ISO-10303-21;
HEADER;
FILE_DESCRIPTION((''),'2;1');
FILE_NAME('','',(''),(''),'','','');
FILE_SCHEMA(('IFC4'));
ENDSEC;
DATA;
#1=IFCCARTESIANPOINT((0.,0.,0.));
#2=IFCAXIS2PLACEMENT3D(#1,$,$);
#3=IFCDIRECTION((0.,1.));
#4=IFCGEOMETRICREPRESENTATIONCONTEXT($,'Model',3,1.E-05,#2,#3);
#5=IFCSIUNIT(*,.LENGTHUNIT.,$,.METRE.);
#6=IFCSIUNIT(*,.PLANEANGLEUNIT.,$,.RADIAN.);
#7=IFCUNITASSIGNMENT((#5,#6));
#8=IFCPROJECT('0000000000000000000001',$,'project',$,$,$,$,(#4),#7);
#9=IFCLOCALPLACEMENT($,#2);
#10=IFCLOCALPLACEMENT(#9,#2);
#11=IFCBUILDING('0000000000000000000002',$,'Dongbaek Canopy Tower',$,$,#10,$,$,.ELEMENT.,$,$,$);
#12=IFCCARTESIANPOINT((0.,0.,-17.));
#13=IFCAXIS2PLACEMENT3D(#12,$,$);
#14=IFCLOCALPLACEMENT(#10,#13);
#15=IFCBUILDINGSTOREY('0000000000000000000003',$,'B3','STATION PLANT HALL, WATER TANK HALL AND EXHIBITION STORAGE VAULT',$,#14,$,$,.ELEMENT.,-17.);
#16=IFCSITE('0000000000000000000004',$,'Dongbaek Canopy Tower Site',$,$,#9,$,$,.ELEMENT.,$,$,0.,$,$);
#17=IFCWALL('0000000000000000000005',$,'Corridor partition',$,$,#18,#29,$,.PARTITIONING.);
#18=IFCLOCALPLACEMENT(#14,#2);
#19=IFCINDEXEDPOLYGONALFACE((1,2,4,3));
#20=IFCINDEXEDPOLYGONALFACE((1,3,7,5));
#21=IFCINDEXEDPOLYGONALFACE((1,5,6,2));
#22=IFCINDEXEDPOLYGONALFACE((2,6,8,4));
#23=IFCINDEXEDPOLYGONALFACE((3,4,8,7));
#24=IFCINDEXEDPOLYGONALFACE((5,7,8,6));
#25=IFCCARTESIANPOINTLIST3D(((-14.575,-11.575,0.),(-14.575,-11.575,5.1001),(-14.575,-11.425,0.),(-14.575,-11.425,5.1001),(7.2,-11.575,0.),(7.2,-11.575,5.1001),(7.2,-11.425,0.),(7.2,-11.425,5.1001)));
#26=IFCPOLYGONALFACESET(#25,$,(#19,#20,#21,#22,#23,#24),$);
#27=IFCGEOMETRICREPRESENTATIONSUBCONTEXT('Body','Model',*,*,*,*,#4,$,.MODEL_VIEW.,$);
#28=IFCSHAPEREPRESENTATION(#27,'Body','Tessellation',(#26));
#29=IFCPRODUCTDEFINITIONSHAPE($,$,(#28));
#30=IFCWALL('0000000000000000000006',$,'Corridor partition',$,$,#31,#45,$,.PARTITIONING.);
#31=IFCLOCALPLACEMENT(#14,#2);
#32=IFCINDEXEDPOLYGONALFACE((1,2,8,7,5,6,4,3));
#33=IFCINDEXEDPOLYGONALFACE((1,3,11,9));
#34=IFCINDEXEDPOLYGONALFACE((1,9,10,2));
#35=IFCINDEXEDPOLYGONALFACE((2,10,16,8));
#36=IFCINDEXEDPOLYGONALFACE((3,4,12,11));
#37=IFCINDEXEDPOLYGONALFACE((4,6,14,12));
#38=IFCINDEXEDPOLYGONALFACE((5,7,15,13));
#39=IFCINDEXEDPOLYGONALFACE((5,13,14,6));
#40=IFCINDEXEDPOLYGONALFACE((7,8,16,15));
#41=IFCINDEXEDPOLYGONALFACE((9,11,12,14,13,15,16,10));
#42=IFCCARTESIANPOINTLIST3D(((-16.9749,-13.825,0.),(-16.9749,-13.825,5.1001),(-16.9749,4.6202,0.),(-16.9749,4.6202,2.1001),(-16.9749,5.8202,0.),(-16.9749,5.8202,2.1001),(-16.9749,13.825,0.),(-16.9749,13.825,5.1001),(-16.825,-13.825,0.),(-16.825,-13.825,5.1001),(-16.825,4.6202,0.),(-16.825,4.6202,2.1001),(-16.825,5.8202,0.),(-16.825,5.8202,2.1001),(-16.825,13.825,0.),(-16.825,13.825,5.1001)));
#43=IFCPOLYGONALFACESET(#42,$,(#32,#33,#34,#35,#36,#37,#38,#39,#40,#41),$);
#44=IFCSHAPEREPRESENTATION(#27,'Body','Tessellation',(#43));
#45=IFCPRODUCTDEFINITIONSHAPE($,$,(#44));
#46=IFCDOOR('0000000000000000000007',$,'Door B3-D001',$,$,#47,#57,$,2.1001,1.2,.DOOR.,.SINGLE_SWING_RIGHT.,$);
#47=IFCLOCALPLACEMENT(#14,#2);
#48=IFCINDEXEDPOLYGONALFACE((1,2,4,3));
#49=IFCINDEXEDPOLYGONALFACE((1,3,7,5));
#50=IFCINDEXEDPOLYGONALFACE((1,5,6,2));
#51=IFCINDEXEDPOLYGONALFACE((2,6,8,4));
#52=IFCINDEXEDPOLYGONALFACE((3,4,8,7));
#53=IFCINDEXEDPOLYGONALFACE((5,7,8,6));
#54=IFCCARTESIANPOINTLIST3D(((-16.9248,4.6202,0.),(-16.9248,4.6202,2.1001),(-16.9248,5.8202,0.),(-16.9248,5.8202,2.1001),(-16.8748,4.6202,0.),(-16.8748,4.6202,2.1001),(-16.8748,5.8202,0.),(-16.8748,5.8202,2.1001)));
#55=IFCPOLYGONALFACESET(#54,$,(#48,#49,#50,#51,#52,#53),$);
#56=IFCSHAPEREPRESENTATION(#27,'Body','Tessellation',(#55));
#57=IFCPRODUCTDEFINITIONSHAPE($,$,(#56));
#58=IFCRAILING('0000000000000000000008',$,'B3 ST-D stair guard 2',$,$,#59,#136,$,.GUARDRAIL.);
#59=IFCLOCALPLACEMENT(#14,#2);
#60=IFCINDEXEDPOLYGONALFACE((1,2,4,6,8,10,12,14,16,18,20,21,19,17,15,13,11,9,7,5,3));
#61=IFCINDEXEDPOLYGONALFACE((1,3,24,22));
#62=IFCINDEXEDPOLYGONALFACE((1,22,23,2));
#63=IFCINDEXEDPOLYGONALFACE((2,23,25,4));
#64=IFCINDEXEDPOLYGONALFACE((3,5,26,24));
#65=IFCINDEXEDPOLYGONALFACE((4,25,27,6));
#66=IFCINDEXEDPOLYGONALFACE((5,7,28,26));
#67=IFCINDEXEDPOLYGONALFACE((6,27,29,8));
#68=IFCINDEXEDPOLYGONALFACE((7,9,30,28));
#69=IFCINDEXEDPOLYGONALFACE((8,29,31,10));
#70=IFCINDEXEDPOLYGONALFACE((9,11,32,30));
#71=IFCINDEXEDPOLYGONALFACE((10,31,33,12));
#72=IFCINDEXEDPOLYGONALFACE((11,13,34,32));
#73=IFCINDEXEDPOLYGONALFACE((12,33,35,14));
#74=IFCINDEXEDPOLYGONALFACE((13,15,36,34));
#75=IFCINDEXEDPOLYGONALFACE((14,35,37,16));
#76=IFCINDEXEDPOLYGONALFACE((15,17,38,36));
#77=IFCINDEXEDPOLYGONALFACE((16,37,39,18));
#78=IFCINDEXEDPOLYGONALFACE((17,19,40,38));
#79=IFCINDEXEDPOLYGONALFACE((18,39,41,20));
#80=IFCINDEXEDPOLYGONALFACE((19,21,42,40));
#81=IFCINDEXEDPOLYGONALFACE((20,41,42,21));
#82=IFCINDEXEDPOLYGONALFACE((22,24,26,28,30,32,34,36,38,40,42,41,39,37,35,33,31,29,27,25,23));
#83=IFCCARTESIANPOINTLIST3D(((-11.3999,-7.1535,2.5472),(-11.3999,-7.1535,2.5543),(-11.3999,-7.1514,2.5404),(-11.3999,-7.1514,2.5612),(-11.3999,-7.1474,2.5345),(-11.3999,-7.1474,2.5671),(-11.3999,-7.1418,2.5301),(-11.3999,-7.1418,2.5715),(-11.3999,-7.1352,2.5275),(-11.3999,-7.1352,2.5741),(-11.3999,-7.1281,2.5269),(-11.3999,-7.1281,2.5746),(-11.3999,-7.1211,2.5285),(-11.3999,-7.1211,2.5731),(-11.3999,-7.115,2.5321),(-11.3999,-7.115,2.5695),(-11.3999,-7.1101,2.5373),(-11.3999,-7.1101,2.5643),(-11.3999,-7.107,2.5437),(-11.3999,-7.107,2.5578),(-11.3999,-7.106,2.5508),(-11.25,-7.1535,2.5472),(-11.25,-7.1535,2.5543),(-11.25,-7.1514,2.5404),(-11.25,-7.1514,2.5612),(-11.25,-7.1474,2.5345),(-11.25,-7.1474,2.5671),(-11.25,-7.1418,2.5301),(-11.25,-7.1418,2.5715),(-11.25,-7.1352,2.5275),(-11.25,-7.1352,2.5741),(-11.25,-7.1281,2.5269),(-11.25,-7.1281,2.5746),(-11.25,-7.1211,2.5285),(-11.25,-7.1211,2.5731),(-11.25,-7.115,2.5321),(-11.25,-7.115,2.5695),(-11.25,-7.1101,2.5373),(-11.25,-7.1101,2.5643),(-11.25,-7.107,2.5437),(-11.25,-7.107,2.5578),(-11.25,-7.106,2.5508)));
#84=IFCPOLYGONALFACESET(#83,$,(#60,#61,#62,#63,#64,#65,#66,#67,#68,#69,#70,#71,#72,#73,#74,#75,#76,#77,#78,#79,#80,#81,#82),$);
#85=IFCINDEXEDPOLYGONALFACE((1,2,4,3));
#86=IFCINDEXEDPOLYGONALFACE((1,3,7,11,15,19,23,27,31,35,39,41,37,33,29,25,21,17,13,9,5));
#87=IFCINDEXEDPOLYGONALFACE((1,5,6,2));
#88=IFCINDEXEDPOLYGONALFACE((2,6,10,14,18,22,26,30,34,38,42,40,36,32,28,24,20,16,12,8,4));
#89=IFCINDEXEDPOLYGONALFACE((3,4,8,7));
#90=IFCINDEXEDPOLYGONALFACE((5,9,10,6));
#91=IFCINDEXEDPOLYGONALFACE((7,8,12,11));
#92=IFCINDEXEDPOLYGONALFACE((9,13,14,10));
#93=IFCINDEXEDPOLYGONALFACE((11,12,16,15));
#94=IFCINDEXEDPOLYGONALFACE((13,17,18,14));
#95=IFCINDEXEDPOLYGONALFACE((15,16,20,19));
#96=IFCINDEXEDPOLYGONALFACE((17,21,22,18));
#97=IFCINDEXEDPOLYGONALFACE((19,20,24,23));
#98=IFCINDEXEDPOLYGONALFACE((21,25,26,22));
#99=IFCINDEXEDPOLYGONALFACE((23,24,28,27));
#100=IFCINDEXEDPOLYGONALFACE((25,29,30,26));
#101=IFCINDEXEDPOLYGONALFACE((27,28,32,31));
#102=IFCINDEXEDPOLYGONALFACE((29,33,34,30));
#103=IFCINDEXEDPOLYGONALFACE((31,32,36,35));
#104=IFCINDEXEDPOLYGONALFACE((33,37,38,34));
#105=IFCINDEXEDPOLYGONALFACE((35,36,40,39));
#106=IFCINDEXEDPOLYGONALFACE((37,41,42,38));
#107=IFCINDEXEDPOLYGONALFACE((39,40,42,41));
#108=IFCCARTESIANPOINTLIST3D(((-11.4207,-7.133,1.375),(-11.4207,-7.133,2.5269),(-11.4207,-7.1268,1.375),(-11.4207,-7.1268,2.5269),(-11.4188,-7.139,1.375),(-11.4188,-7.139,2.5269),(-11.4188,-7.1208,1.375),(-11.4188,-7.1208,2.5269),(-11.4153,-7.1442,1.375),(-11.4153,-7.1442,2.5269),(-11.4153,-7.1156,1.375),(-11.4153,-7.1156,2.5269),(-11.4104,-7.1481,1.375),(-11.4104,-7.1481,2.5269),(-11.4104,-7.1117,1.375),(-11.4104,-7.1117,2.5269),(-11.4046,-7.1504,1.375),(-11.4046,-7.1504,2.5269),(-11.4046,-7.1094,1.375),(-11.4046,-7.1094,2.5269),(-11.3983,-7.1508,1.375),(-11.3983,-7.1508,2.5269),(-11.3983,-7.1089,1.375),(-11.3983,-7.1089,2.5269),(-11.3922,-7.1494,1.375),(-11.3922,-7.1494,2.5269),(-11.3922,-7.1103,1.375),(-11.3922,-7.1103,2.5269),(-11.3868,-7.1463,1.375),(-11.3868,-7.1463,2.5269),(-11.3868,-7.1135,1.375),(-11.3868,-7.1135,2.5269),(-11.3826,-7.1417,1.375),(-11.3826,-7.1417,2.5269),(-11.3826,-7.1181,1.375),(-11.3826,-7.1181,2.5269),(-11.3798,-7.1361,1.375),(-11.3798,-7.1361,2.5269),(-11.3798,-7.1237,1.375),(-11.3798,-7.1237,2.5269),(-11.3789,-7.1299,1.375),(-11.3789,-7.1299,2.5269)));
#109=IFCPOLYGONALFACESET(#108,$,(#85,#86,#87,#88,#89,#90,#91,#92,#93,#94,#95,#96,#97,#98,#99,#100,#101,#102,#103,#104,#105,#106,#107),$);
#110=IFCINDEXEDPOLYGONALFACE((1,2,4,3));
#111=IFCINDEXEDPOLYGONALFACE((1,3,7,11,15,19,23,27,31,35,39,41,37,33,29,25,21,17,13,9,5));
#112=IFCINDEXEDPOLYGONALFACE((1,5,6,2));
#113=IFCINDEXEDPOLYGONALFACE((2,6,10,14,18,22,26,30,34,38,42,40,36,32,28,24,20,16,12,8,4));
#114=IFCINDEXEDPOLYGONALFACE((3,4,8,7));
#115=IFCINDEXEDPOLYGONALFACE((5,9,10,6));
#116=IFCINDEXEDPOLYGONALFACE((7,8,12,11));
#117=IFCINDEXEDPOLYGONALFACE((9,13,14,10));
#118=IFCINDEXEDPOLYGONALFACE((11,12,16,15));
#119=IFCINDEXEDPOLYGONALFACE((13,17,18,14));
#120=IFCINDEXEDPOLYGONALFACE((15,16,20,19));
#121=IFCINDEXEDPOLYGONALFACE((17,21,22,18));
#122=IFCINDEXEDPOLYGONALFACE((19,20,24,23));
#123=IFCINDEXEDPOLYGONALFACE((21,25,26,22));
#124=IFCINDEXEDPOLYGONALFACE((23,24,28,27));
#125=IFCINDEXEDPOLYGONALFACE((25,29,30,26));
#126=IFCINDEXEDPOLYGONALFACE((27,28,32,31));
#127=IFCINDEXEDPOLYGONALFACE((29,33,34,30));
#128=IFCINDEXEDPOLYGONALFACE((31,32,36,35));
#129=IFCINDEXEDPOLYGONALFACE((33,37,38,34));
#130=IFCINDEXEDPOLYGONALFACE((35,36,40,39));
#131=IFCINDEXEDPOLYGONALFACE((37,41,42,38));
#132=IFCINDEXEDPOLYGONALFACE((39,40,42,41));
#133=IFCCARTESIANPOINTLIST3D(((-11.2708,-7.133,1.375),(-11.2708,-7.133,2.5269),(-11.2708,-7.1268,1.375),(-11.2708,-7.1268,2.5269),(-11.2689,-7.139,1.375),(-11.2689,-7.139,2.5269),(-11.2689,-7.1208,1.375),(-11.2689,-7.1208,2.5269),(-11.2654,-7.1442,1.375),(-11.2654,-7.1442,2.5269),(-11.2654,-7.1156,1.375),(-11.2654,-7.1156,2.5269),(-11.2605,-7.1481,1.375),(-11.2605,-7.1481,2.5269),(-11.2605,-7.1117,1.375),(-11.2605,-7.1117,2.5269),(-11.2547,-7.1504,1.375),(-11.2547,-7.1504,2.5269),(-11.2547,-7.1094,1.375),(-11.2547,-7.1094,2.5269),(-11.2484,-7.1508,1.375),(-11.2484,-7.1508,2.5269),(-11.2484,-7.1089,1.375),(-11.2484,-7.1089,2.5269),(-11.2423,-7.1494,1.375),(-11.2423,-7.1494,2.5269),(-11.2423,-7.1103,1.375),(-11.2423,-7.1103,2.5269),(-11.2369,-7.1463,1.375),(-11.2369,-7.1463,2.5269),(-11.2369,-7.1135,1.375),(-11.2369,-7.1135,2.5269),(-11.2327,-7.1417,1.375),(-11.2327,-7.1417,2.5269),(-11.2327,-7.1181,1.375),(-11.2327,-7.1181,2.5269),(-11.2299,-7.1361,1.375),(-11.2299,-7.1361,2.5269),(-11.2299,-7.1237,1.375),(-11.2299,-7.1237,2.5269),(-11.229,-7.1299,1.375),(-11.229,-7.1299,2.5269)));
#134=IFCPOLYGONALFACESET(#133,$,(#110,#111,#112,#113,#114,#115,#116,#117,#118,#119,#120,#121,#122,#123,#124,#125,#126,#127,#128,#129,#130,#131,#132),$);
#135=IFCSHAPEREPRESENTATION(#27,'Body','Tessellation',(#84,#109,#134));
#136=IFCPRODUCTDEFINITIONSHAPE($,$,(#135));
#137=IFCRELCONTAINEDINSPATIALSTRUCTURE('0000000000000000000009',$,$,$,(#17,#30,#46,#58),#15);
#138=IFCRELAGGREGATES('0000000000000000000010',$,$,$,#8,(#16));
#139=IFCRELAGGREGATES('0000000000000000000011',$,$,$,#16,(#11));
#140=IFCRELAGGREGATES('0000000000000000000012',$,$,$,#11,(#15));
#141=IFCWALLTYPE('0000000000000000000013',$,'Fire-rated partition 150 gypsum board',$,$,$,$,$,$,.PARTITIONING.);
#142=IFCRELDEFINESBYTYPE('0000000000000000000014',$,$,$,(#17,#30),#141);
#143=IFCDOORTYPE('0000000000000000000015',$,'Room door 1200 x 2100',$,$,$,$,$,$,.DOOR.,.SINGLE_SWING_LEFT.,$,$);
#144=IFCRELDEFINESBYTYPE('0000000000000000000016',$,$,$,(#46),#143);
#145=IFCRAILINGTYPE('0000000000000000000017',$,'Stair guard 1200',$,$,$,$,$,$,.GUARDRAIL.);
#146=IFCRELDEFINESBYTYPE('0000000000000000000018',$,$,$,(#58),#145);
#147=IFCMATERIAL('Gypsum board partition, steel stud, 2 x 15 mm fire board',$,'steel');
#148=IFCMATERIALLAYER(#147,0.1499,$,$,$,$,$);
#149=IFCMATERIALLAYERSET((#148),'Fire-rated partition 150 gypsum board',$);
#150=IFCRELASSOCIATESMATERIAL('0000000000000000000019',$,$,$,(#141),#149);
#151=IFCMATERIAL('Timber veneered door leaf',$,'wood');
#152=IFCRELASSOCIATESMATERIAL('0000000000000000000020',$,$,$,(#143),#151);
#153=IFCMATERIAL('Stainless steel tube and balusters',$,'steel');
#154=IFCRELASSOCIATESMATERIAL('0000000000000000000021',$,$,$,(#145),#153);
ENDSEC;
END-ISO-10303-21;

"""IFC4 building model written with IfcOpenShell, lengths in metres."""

from ifc_helpers import new_model, si_unit, direction, frame, frame_2d, origin, origin_2d, place, context, subcontext, project, spatial, rectangle, circle, extrude, material, layer, layer_set, type_object, element, fill, save


model = new_model("IFC4")

# Units and contexts
model_context = context("Model", 3, precision=1e-05, world=origin(), true_north=direction((0.0, 1.0)))
body_context = subcontext(model_context, "Body", "Model", "MODEL_VIEW")
ifc_project = project(units=[si_unit("LENGTHUNIT", "METRE"), si_unit("PLANEANGLEUNIT", "RADIAN")], contexts=[model_context])

# Site, building, storey
site_placement = place(None, origin())
site = spatial("IfcSite", under=ifc_project, at=site_placement, Name="Dongbaek Canopy Tower Site", CompositionType="ELEMENT", RefElevation=0.0)
building_placement = place(site_placement, origin())
building = spatial("IfcBuilding", under=site, at=building_placement, Name="Dongbaek Canopy Tower", CompositionType="ELEMENT")
storey_placement = place(building_placement, frame((0.0, 0.0, -17.0)))
storey = spatial("IfcBuildingStorey", under=building, at=storey_placement, Name="B3", Description="STATION PLANT HALL, WATER TANK HALL AND EXHIBITION STORAGE VAULT", CompositionType="ELEMENT", Elevation=-17.0)

# Wall
ifc_material_1 = material(Name="Gypsum board partition, steel stud, 2 x 15 mm fire board", Category="steel")
ifc_layer_1 = layer(ifc_material_1, 0.1499)
ifc_layer_set_1 = layer_set([ifc_layer_1], Name="Fire-rated partition 150 gypsum board")
wall_type_1 = type_object("IfcWallType", Name="Fire-rated partition 150 gypsum board", PredefinedType="PARTITIONING", material=ifc_layer_set_1)
wall_1_placement = place(storey_placement, frame((-14.575, -11.5, 0.0), z_axis=(0.0, 0.0, 1.0), x_axis=(1.0, 0.0, 0.0)))
element("IfcWall", 1, at=wall_1_placement, inside=storey, type_object=wall_type_1, Name="Corridor partition", PredefinedType="PARTITIONING", context=body_context, shape_type="SweptSolid", body=[
    extrude(rectangle(XDim=21.7749, YDim=0.1499, at=frame_2d((10.8875, 0.0))), origin(), (0.0, 0.0, 1.0), 5.1001),
])

# Wall, opening, door
wall_2_placement = place(storey_placement, frame((-16.8999, -13.825, 0.0), z_axis=(0.0, 0.0, 1.0), x_axis=(0.0, 1.0, 0.0)))
wall_2 = element("IfcWall", 2, at=wall_2_placement, inside=storey, type_object=wall_type_1, Name="Corridor partition", PredefinedType="PARTITIONING", context=body_context, shape_type="SweptSolid", body=[
    extrude(rectangle(XDim=27.6499, YDim=0.1499, at=frame_2d((13.825, 0.0))), origin(), (0.0, 0.0, 1.0), 5.1001),
])
opening_placement = place(wall_2_placement, frame((18.4451, 0.0, 0.0)))
opening = element("IfcOpeningElement", 3, at=opening_placement, cuts=wall_2, PredefinedType="OPENING", context=body_context, shape_type="SweptSolid", body=[
    extrude(rectangle(XDim=1.2, YDim=2.1001, at=frame_2d((0.6001, 1.05))), frame((0.0, 0.085, 0.0), z_axis=(0.0, -1.0, 0.0), x_axis=(1.0, 0.0, 0.0)), (0.0, 0.0, 1.0), 0.1699),
])
ifc_material_2 = material(Name="Timber veneered door leaf", Category="wood")
door_type = type_object("IfcDoorType", Name="Room door 1200 x 2100", OperationType="SINGLE_SWING_LEFT", PredefinedType="DOOR", material=ifc_material_2)
door_placement = place(opening_placement, origin())
door = element("IfcDoor", 4, at=door_placement, inside=storey, type_object=door_type, Name="Door B3-D001", OperationType="SINGLE_SWING_RIGHT", OverallHeight=2.1001, OverallWidth=1.2, PredefinedType="DOOR", context=body_context, shape_type="SweptSolid", body=[
    extrude(rectangle(XDim=1.2, YDim=2.1001, at=frame_2d((0.6001, 1.05))), frame((0.0, 0.0249, 0.0), z_axis=(0.0, -1.0, 0.0), x_axis=(1.0, 0.0, 0.0)), (0.0, 0.0, 1.0), 0.05),
])
fill(opening, door)

# Railing
ifc_material_3 = material(Name="Stainless steel tube and balusters", Category="steel")
railing_type = type_object("IfcRailingType", Name="Stair guard 1200", PredefinedType="GUARDRAIL", material=ifc_material_3)
railing_1_placement = place(storey_placement, frame((-11.3999, -7.1299, 1.375)))
element("IfcRailing", 5, at=railing_1_placement, inside=storey, type_object=railing_type, Name="B3 ST-D stair guard 2", PredefinedType="GUARDRAIL", context=body_context, shape_type="SweptSolid", body=[
    extrude(circle(Radius=0.0239, at=origin_2d()), frame((0.0, 0.0, 1.1758), z_axis=(1.0, 0.0, 0.0), x_axis=(0.0, 1.0, 0.0)), (0.0, 0.0, 1.0), 0.1499),
    extrude(circle(Radius=0.021, at=origin_2d()), origin(), (0.0, 0.0, 1.0), 1.1519),
    extrude(circle(Radius=0.021, at=origin_2d()), frame((0.1499, 0.0, 0.0)), (0.0, 0.0, 1.0), 1.1519),
])

save(model, "model.ifc")
